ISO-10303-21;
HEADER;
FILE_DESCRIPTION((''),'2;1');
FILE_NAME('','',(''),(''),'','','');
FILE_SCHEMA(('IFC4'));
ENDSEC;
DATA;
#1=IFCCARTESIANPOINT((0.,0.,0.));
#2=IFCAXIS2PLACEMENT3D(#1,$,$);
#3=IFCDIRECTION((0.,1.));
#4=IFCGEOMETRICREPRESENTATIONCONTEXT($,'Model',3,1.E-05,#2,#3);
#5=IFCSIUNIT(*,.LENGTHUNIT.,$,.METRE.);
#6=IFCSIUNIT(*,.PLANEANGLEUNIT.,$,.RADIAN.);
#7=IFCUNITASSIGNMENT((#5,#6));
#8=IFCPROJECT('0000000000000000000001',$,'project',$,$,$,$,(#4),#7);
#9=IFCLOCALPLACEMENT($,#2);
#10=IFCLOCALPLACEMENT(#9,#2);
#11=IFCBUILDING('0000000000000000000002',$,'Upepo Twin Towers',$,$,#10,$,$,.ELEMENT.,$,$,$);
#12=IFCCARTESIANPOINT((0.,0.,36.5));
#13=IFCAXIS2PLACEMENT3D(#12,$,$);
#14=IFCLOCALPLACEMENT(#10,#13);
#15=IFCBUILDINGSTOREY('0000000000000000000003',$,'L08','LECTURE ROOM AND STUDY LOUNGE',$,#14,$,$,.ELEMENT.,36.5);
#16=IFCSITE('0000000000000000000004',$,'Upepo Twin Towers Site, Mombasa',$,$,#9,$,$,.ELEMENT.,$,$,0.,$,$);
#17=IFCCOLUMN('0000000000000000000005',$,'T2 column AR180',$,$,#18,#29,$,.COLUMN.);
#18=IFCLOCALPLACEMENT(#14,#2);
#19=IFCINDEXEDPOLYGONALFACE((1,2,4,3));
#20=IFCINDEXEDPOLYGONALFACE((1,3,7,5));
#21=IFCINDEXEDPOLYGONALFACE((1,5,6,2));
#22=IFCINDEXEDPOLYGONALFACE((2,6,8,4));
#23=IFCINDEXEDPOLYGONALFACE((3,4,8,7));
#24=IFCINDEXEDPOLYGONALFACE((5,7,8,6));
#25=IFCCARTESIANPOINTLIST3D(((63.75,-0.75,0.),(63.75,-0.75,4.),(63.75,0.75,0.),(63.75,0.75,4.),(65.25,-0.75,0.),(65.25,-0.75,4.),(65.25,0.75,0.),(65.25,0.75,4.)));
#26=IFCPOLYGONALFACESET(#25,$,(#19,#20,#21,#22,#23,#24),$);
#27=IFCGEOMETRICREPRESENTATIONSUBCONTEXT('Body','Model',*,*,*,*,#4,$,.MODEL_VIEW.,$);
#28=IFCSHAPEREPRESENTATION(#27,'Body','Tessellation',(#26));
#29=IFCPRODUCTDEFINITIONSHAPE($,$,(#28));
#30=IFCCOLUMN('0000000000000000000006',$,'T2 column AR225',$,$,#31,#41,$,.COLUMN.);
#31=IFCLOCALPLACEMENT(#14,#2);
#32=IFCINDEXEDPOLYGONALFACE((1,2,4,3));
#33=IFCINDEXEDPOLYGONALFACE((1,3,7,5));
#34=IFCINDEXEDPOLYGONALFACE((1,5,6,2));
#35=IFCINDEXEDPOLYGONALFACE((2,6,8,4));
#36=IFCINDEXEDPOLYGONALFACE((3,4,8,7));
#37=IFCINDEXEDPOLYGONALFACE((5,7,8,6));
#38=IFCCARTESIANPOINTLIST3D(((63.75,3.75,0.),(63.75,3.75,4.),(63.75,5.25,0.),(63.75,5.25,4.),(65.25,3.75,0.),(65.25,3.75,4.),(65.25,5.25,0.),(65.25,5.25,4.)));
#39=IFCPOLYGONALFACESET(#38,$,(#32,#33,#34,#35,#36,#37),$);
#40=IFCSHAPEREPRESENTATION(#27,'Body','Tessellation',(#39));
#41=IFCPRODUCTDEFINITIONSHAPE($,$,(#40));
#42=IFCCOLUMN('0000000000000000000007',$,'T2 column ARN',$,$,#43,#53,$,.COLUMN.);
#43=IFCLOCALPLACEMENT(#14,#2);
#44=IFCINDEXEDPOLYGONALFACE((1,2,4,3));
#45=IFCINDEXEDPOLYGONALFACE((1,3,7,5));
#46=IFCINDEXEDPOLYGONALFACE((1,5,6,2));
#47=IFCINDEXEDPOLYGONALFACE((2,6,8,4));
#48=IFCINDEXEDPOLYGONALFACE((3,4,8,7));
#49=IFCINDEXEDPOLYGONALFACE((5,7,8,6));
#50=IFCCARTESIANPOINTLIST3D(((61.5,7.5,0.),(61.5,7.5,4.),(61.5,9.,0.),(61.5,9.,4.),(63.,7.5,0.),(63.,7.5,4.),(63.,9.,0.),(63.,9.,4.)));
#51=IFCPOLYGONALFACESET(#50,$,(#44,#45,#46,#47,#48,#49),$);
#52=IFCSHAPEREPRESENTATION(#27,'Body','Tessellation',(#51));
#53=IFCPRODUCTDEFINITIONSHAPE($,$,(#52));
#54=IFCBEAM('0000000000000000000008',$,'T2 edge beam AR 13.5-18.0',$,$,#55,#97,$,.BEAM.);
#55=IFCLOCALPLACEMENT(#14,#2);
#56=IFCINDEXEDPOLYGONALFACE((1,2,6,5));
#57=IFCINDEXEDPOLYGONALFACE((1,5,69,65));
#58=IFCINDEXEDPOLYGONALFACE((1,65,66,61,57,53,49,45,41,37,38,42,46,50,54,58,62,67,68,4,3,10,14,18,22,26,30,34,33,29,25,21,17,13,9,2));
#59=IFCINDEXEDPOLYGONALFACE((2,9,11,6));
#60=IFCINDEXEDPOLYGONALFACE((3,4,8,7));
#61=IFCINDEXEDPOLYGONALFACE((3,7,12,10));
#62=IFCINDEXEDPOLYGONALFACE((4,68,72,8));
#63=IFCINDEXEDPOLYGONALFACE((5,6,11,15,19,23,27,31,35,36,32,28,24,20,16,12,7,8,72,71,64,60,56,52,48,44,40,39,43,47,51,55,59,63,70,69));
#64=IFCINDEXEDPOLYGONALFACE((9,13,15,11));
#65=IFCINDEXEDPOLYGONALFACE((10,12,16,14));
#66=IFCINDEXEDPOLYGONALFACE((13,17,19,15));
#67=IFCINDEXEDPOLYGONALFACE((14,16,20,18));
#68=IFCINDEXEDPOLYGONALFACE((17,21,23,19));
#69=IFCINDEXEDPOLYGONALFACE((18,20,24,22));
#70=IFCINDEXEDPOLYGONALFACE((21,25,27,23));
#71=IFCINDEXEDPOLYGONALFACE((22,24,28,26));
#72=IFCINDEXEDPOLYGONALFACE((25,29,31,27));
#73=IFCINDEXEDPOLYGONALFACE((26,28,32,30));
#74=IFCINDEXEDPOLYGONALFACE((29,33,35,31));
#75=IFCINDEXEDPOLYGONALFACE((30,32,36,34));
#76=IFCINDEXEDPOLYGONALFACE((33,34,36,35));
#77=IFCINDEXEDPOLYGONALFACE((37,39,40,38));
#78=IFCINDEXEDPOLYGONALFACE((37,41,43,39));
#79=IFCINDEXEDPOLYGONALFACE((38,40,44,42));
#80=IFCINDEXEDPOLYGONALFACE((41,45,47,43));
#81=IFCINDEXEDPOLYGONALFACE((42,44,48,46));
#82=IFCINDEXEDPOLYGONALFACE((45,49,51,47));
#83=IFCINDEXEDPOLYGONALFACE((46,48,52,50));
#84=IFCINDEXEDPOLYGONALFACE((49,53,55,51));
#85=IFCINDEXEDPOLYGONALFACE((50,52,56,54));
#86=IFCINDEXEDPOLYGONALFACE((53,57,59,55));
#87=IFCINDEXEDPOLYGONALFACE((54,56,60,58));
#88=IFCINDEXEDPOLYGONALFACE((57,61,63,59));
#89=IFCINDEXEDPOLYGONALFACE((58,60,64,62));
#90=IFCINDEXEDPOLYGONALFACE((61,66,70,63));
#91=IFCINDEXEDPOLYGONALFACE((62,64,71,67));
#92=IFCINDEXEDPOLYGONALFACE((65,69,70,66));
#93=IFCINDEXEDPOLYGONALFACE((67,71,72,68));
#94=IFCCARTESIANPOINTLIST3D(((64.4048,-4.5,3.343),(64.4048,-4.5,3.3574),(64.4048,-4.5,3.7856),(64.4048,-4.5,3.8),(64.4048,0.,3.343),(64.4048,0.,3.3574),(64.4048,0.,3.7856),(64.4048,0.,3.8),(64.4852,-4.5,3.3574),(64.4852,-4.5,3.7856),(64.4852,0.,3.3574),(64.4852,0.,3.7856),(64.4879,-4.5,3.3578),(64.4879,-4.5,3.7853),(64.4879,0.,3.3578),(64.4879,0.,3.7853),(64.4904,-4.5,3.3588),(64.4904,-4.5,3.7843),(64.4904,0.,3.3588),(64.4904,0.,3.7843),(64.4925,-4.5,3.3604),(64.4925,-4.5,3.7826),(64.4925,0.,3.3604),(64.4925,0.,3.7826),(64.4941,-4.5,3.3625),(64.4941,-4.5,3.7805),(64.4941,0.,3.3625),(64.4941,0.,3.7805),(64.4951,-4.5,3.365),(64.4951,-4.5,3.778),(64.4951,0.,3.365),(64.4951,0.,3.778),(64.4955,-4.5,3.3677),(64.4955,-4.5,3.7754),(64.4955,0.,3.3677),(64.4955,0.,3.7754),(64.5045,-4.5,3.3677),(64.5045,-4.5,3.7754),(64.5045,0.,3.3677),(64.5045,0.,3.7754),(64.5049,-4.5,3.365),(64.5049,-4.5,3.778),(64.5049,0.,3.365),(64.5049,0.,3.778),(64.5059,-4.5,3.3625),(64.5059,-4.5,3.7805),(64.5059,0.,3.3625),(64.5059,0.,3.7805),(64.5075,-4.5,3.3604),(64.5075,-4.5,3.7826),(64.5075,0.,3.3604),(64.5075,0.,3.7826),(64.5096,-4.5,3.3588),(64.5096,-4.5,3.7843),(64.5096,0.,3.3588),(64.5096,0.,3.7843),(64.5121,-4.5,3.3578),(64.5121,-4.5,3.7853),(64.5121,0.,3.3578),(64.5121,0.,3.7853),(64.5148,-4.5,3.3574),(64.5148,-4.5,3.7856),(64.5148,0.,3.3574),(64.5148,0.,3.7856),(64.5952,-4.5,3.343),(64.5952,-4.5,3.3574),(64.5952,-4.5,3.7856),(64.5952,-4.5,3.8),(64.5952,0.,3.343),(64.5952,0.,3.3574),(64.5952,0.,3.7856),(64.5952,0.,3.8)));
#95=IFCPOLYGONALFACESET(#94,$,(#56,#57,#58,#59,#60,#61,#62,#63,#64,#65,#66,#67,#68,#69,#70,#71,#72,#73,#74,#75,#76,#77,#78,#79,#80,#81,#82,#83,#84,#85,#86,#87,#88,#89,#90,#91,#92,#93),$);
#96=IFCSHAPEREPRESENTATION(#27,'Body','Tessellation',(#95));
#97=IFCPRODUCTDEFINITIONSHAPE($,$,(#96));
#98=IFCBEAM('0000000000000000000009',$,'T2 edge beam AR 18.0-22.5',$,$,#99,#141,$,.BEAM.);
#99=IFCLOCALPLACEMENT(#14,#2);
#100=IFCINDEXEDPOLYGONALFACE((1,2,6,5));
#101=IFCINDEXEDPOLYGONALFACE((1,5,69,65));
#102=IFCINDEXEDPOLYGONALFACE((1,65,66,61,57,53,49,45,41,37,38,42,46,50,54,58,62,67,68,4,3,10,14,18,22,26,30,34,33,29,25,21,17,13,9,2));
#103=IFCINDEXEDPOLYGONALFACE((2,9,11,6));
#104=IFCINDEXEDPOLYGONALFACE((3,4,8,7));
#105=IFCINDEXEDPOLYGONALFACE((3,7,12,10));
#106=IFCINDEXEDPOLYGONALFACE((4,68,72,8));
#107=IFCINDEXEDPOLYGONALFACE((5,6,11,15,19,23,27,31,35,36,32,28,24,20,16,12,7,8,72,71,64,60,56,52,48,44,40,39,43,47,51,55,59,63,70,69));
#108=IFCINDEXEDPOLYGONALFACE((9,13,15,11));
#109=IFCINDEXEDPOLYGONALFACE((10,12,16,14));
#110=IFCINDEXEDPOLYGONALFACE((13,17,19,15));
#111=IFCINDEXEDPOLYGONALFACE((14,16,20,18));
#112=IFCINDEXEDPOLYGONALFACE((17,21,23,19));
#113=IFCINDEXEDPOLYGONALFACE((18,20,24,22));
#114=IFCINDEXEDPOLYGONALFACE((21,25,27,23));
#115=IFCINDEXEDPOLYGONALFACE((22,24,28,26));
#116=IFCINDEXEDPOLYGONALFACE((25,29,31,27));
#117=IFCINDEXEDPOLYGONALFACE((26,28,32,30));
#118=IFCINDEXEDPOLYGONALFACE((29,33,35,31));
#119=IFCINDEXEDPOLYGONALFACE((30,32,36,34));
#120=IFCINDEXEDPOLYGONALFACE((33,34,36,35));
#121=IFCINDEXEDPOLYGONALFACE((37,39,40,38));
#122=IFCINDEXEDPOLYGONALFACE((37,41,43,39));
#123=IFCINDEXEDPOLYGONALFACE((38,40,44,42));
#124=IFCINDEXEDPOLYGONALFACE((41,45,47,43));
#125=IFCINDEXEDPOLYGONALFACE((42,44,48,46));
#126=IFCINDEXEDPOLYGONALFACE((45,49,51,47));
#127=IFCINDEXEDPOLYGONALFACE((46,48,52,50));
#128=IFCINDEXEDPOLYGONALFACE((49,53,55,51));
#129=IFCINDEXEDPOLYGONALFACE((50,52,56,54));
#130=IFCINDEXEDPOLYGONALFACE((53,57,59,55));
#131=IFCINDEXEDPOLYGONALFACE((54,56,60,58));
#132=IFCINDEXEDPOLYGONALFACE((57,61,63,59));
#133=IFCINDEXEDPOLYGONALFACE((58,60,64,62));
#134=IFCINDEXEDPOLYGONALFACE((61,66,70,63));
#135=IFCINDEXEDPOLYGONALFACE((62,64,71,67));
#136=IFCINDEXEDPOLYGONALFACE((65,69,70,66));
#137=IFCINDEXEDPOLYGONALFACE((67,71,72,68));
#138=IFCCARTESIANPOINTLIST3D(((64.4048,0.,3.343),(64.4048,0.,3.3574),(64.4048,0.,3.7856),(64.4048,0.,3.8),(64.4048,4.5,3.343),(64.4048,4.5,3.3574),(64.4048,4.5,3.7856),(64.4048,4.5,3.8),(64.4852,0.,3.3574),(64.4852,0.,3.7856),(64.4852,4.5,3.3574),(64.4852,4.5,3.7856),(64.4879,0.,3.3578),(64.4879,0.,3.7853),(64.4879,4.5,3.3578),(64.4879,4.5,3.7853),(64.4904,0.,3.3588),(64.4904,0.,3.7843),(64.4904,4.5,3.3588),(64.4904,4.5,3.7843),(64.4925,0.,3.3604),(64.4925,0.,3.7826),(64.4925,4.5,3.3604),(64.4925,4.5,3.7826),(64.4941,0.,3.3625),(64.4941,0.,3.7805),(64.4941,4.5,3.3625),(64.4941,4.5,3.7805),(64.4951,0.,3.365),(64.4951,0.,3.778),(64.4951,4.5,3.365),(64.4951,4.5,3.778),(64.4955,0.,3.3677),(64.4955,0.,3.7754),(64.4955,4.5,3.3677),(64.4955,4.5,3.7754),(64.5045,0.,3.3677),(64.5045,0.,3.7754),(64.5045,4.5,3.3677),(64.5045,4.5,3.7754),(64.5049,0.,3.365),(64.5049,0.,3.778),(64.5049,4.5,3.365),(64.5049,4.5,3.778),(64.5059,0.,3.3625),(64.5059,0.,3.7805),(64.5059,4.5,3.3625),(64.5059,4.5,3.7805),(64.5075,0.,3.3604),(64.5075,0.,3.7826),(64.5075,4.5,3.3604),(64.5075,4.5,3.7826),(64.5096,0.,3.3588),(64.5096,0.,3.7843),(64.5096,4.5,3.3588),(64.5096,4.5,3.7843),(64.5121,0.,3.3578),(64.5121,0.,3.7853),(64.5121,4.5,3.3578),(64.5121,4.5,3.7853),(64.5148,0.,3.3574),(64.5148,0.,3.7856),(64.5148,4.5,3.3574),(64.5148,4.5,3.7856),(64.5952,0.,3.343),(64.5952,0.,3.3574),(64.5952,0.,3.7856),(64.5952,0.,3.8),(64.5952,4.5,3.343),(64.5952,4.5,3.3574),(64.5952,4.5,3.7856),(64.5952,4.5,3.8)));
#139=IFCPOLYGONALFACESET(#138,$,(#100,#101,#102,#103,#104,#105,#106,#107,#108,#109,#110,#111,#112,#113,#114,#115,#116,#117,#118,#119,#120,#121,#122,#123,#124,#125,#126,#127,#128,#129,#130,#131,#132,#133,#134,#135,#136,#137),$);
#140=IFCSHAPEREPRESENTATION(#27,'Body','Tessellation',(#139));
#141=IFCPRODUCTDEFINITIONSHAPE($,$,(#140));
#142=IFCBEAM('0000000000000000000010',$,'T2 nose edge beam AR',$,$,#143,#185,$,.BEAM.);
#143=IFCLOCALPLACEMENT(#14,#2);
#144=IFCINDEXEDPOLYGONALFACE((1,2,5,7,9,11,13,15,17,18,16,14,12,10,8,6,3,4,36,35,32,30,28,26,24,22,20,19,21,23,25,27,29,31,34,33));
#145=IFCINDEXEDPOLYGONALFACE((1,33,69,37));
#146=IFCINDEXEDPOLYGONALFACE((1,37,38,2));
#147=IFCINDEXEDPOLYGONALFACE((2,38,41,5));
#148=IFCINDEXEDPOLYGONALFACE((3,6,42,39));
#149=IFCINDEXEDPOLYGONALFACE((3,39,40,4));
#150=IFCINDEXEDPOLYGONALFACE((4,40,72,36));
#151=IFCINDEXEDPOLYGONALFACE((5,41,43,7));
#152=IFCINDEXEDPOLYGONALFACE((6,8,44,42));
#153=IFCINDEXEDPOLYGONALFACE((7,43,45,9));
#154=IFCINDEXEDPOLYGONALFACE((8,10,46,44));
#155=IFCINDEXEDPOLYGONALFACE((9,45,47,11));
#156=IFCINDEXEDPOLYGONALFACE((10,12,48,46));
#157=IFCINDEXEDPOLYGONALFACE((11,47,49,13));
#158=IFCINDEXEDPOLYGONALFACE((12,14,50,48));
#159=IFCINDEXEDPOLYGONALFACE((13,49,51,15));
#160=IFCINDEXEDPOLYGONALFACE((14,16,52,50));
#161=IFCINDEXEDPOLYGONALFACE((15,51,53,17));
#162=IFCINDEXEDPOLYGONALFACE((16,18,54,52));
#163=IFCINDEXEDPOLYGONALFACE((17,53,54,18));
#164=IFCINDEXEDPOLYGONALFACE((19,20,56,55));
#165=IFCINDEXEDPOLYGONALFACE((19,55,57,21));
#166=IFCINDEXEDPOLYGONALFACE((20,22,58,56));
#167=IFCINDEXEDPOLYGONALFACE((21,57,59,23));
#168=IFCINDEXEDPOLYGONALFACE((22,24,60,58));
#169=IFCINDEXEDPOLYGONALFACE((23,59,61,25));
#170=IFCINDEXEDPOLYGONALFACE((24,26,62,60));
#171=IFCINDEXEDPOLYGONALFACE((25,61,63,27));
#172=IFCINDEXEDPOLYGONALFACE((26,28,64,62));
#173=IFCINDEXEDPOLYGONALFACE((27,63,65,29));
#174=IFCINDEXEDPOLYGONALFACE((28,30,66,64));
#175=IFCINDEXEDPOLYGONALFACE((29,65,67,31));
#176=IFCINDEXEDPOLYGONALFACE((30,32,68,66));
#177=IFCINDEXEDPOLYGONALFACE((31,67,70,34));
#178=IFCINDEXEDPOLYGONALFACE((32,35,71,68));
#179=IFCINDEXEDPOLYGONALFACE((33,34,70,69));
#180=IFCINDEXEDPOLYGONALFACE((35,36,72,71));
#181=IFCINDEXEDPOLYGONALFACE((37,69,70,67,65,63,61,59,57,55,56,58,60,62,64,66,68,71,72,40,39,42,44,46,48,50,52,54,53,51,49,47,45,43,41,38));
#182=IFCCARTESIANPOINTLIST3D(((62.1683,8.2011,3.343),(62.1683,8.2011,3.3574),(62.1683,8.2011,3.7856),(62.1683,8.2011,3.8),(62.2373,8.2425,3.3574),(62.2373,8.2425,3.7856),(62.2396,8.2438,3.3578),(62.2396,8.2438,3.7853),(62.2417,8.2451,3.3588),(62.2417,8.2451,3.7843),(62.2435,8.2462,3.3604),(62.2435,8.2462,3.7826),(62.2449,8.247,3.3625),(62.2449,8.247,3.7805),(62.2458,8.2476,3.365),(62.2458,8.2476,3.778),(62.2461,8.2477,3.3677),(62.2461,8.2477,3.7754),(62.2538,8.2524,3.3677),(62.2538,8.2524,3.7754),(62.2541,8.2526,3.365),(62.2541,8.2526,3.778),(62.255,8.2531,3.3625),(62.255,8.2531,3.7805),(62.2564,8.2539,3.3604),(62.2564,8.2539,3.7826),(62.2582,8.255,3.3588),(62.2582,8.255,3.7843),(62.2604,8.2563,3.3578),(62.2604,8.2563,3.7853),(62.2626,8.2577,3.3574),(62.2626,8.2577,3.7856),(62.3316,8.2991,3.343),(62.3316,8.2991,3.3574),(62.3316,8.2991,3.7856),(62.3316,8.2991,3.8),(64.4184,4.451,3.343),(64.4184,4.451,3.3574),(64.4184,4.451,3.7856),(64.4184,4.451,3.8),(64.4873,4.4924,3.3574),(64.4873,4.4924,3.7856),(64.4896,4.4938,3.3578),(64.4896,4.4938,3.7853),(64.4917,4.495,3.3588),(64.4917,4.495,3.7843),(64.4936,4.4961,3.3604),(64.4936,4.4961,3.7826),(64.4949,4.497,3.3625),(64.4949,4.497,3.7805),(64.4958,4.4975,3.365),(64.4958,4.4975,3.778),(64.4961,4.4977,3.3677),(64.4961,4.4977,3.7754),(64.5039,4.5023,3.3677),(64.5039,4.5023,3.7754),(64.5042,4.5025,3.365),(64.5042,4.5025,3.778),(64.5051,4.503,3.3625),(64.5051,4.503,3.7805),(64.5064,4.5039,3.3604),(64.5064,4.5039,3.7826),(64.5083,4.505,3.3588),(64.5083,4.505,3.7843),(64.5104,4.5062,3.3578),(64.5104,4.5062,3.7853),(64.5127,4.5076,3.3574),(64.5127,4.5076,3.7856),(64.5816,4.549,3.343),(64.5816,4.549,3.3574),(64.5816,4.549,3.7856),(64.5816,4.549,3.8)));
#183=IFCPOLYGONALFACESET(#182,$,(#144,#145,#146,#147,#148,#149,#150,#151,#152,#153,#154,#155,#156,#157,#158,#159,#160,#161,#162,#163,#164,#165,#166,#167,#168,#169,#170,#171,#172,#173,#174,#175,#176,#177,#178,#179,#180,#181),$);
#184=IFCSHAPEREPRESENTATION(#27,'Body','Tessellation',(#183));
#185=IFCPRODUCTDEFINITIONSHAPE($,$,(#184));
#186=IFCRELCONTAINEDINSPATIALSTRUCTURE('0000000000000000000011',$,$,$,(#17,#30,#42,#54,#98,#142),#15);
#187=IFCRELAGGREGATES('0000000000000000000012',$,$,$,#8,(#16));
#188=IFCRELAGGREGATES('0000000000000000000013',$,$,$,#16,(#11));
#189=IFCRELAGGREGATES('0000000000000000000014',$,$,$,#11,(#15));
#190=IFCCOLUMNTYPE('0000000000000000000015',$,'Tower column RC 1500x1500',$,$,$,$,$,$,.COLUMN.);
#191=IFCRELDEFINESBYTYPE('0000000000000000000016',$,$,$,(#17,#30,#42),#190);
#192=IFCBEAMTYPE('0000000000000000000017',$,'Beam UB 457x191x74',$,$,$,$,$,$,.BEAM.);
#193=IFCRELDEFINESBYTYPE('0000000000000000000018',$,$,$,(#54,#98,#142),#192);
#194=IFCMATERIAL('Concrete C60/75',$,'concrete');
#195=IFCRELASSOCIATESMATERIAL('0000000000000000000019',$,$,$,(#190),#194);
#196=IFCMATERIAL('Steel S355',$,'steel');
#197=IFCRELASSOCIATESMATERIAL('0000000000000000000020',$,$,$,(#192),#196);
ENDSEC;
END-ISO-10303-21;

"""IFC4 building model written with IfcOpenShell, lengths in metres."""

from ifc_helpers import new_model, si_unit, direction, frame, origin, origin_2d, place, context, subcontext, project, spatial, rectangle, i_section, extrude, material, material_profile, profile_set, type_object, element, save


model = new_model("IFC4")

# Units and contexts
model_context = context("Model", 3, precision=1e-05, world=origin(), true_north=direction((0.0, 1.0)))
body_context = subcontext(model_context, "Body", "Model", "MODEL_VIEW")
ifc_project = project(units=[si_unit("LENGTHUNIT", "METRE"), si_unit("PLANEANGLEUNIT", "RADIAN")], contexts=[model_context])

# Site, building, storey
site_placement = place(None, origin())
site = spatial("IfcSite", under=ifc_project, at=site_placement, Name="Upepo Twin Towers Site, Mombasa", CompositionType="ELEMENT", RefElevation=0.0)
building_placement = place(site_placement, origin())
building = spatial("IfcBuilding", under=site, at=building_placement, Name="Upepo Twin Towers", CompositionType="ELEMENT")
storey_placement = place(building_placement, frame((0.0, 0.0, 36.5)))
storey = spatial("IfcBuildingStorey", under=building, at=storey_placement, Name="L08", Description="LECTURE ROOM AND STUDY LOUNGE", CompositionType="ELEMENT", Elevation=36.5)

# Columns
ifc_material_1 = material(Name="Concrete C60/75", Category="concrete")
ifc_material_profile_1 = material_profile(ifc_material_1, rectangle(XDim=1.5, YDim=1.5, at=origin_2d()), Name="RC 1500x1500")
ifc_profile_set_1 = profile_set([ifc_material_profile_1], Name="Concrete C60/75")
column_type = type_object("IfcColumnType", Name="Tower column RC 1500x1500", PredefinedType="COLUMN", material=ifc_profile_set_1)
for number, where, z_axis, x_axis, name in (
    (1, (64.5, 0.0, 0.0), (0.0, 0.0, 1.0), (1.0, 0.0, 0.0), "T2 column AR180"),
    (2, (64.5, 4.5, 0.0), (0.0, 0.0, 1.0), (1.0, 0.0, 0.0), "T2 column AR225"),
    (3, (62.25, 8.25, 0.0), (0.0, 0.0, 1.0), (1.0, 0.0, 0.0), "T2 column ARN"),
):
    element("IfcColumn", number, at=place(storey_placement, frame(where, z_axis=z_axis, x_axis=x_axis)), inside=storey, type_object=column_type, Name=name, PredefinedType="COLUMN", context=body_context, shape_type="SweptSolid", body=[
        extrude(rectangle(XDim=1.5, YDim=1.5, at=origin_2d()), origin(), (0.0, 0.0, 1.0), 4.0),
    ])

# Beams
ifc_material_2 = material(Name="Steel S355", Category="steel")
ifc_material_profile_2 = material_profile(ifc_material_2, i_section(OverallWidth=0.1904, OverallDepth=0.457, WebThickness=0.009, FlangeThickness=0.0144, FilletRadius=0.0103, at=origin_2d()), Name="UB 457x191x74")
ifc_profile_set_2 = profile_set([ifc_material_profile_2], Name="Steel S355")
beam_type_1 = type_object("IfcBeamType", Name="Beam UB 457x191x74", PredefinedType="BEAM", material=ifc_profile_set_2)
for number, where, z_axis, x_axis, name in (
    (4, (64.5, -4.5, 3.5715), (0.0, 1.0, 0.0), (-1.0, 0.0, 0.0), "T2 edge beam AR 13.5-18.0"),
    (5, (64.5, 0.0, 3.5715), (0.0, 1.0, 0.0), (-1.0, 0.0, 0.0), "T2 edge beam AR 18.0-22.5"),
):
    element("IfcBeam", number, at=place(storey_placement, frame(where, z_axis=z_axis, x_axis=x_axis)), inside=storey, type_object=beam_type_1, Name=name, PredefinedType="BEAM", context=body_context, shape_type="SweptSolid", body=[
        extrude(i_section(OverallWidth=0.1904, OverallDepth=0.457, WebThickness=0.009, FlangeThickness=0.0144, FilletRadius=0.0103, at=origin_2d()), origin(), (0.0, 0.0, 1.0), 4.5),
    ])
beam_1_placement = place(storey_placement, frame((64.5, 4.5, 3.5715), z_axis=(-0.514496, 0.857493, 0.0), x_axis=(-0.857493, -0.514496, 0.0)))
element("IfcBeam", 6, at=beam_1_placement, inside=storey, type_object=beam_type_1, Name="T2 nose edge beam AR", PredefinedType="BEAM", context=body_context, shape_type="SweptSolid", body=[
    extrude(i_section(OverallWidth=0.1904, OverallDepth=0.457, WebThickness=0.009, FlangeThickness=0.0144, FilletRadius=0.0103, at=origin_2d()), origin(), (0.0, 0.0, 1.0), 4.3733),
])

save(model, "model.ifc")
